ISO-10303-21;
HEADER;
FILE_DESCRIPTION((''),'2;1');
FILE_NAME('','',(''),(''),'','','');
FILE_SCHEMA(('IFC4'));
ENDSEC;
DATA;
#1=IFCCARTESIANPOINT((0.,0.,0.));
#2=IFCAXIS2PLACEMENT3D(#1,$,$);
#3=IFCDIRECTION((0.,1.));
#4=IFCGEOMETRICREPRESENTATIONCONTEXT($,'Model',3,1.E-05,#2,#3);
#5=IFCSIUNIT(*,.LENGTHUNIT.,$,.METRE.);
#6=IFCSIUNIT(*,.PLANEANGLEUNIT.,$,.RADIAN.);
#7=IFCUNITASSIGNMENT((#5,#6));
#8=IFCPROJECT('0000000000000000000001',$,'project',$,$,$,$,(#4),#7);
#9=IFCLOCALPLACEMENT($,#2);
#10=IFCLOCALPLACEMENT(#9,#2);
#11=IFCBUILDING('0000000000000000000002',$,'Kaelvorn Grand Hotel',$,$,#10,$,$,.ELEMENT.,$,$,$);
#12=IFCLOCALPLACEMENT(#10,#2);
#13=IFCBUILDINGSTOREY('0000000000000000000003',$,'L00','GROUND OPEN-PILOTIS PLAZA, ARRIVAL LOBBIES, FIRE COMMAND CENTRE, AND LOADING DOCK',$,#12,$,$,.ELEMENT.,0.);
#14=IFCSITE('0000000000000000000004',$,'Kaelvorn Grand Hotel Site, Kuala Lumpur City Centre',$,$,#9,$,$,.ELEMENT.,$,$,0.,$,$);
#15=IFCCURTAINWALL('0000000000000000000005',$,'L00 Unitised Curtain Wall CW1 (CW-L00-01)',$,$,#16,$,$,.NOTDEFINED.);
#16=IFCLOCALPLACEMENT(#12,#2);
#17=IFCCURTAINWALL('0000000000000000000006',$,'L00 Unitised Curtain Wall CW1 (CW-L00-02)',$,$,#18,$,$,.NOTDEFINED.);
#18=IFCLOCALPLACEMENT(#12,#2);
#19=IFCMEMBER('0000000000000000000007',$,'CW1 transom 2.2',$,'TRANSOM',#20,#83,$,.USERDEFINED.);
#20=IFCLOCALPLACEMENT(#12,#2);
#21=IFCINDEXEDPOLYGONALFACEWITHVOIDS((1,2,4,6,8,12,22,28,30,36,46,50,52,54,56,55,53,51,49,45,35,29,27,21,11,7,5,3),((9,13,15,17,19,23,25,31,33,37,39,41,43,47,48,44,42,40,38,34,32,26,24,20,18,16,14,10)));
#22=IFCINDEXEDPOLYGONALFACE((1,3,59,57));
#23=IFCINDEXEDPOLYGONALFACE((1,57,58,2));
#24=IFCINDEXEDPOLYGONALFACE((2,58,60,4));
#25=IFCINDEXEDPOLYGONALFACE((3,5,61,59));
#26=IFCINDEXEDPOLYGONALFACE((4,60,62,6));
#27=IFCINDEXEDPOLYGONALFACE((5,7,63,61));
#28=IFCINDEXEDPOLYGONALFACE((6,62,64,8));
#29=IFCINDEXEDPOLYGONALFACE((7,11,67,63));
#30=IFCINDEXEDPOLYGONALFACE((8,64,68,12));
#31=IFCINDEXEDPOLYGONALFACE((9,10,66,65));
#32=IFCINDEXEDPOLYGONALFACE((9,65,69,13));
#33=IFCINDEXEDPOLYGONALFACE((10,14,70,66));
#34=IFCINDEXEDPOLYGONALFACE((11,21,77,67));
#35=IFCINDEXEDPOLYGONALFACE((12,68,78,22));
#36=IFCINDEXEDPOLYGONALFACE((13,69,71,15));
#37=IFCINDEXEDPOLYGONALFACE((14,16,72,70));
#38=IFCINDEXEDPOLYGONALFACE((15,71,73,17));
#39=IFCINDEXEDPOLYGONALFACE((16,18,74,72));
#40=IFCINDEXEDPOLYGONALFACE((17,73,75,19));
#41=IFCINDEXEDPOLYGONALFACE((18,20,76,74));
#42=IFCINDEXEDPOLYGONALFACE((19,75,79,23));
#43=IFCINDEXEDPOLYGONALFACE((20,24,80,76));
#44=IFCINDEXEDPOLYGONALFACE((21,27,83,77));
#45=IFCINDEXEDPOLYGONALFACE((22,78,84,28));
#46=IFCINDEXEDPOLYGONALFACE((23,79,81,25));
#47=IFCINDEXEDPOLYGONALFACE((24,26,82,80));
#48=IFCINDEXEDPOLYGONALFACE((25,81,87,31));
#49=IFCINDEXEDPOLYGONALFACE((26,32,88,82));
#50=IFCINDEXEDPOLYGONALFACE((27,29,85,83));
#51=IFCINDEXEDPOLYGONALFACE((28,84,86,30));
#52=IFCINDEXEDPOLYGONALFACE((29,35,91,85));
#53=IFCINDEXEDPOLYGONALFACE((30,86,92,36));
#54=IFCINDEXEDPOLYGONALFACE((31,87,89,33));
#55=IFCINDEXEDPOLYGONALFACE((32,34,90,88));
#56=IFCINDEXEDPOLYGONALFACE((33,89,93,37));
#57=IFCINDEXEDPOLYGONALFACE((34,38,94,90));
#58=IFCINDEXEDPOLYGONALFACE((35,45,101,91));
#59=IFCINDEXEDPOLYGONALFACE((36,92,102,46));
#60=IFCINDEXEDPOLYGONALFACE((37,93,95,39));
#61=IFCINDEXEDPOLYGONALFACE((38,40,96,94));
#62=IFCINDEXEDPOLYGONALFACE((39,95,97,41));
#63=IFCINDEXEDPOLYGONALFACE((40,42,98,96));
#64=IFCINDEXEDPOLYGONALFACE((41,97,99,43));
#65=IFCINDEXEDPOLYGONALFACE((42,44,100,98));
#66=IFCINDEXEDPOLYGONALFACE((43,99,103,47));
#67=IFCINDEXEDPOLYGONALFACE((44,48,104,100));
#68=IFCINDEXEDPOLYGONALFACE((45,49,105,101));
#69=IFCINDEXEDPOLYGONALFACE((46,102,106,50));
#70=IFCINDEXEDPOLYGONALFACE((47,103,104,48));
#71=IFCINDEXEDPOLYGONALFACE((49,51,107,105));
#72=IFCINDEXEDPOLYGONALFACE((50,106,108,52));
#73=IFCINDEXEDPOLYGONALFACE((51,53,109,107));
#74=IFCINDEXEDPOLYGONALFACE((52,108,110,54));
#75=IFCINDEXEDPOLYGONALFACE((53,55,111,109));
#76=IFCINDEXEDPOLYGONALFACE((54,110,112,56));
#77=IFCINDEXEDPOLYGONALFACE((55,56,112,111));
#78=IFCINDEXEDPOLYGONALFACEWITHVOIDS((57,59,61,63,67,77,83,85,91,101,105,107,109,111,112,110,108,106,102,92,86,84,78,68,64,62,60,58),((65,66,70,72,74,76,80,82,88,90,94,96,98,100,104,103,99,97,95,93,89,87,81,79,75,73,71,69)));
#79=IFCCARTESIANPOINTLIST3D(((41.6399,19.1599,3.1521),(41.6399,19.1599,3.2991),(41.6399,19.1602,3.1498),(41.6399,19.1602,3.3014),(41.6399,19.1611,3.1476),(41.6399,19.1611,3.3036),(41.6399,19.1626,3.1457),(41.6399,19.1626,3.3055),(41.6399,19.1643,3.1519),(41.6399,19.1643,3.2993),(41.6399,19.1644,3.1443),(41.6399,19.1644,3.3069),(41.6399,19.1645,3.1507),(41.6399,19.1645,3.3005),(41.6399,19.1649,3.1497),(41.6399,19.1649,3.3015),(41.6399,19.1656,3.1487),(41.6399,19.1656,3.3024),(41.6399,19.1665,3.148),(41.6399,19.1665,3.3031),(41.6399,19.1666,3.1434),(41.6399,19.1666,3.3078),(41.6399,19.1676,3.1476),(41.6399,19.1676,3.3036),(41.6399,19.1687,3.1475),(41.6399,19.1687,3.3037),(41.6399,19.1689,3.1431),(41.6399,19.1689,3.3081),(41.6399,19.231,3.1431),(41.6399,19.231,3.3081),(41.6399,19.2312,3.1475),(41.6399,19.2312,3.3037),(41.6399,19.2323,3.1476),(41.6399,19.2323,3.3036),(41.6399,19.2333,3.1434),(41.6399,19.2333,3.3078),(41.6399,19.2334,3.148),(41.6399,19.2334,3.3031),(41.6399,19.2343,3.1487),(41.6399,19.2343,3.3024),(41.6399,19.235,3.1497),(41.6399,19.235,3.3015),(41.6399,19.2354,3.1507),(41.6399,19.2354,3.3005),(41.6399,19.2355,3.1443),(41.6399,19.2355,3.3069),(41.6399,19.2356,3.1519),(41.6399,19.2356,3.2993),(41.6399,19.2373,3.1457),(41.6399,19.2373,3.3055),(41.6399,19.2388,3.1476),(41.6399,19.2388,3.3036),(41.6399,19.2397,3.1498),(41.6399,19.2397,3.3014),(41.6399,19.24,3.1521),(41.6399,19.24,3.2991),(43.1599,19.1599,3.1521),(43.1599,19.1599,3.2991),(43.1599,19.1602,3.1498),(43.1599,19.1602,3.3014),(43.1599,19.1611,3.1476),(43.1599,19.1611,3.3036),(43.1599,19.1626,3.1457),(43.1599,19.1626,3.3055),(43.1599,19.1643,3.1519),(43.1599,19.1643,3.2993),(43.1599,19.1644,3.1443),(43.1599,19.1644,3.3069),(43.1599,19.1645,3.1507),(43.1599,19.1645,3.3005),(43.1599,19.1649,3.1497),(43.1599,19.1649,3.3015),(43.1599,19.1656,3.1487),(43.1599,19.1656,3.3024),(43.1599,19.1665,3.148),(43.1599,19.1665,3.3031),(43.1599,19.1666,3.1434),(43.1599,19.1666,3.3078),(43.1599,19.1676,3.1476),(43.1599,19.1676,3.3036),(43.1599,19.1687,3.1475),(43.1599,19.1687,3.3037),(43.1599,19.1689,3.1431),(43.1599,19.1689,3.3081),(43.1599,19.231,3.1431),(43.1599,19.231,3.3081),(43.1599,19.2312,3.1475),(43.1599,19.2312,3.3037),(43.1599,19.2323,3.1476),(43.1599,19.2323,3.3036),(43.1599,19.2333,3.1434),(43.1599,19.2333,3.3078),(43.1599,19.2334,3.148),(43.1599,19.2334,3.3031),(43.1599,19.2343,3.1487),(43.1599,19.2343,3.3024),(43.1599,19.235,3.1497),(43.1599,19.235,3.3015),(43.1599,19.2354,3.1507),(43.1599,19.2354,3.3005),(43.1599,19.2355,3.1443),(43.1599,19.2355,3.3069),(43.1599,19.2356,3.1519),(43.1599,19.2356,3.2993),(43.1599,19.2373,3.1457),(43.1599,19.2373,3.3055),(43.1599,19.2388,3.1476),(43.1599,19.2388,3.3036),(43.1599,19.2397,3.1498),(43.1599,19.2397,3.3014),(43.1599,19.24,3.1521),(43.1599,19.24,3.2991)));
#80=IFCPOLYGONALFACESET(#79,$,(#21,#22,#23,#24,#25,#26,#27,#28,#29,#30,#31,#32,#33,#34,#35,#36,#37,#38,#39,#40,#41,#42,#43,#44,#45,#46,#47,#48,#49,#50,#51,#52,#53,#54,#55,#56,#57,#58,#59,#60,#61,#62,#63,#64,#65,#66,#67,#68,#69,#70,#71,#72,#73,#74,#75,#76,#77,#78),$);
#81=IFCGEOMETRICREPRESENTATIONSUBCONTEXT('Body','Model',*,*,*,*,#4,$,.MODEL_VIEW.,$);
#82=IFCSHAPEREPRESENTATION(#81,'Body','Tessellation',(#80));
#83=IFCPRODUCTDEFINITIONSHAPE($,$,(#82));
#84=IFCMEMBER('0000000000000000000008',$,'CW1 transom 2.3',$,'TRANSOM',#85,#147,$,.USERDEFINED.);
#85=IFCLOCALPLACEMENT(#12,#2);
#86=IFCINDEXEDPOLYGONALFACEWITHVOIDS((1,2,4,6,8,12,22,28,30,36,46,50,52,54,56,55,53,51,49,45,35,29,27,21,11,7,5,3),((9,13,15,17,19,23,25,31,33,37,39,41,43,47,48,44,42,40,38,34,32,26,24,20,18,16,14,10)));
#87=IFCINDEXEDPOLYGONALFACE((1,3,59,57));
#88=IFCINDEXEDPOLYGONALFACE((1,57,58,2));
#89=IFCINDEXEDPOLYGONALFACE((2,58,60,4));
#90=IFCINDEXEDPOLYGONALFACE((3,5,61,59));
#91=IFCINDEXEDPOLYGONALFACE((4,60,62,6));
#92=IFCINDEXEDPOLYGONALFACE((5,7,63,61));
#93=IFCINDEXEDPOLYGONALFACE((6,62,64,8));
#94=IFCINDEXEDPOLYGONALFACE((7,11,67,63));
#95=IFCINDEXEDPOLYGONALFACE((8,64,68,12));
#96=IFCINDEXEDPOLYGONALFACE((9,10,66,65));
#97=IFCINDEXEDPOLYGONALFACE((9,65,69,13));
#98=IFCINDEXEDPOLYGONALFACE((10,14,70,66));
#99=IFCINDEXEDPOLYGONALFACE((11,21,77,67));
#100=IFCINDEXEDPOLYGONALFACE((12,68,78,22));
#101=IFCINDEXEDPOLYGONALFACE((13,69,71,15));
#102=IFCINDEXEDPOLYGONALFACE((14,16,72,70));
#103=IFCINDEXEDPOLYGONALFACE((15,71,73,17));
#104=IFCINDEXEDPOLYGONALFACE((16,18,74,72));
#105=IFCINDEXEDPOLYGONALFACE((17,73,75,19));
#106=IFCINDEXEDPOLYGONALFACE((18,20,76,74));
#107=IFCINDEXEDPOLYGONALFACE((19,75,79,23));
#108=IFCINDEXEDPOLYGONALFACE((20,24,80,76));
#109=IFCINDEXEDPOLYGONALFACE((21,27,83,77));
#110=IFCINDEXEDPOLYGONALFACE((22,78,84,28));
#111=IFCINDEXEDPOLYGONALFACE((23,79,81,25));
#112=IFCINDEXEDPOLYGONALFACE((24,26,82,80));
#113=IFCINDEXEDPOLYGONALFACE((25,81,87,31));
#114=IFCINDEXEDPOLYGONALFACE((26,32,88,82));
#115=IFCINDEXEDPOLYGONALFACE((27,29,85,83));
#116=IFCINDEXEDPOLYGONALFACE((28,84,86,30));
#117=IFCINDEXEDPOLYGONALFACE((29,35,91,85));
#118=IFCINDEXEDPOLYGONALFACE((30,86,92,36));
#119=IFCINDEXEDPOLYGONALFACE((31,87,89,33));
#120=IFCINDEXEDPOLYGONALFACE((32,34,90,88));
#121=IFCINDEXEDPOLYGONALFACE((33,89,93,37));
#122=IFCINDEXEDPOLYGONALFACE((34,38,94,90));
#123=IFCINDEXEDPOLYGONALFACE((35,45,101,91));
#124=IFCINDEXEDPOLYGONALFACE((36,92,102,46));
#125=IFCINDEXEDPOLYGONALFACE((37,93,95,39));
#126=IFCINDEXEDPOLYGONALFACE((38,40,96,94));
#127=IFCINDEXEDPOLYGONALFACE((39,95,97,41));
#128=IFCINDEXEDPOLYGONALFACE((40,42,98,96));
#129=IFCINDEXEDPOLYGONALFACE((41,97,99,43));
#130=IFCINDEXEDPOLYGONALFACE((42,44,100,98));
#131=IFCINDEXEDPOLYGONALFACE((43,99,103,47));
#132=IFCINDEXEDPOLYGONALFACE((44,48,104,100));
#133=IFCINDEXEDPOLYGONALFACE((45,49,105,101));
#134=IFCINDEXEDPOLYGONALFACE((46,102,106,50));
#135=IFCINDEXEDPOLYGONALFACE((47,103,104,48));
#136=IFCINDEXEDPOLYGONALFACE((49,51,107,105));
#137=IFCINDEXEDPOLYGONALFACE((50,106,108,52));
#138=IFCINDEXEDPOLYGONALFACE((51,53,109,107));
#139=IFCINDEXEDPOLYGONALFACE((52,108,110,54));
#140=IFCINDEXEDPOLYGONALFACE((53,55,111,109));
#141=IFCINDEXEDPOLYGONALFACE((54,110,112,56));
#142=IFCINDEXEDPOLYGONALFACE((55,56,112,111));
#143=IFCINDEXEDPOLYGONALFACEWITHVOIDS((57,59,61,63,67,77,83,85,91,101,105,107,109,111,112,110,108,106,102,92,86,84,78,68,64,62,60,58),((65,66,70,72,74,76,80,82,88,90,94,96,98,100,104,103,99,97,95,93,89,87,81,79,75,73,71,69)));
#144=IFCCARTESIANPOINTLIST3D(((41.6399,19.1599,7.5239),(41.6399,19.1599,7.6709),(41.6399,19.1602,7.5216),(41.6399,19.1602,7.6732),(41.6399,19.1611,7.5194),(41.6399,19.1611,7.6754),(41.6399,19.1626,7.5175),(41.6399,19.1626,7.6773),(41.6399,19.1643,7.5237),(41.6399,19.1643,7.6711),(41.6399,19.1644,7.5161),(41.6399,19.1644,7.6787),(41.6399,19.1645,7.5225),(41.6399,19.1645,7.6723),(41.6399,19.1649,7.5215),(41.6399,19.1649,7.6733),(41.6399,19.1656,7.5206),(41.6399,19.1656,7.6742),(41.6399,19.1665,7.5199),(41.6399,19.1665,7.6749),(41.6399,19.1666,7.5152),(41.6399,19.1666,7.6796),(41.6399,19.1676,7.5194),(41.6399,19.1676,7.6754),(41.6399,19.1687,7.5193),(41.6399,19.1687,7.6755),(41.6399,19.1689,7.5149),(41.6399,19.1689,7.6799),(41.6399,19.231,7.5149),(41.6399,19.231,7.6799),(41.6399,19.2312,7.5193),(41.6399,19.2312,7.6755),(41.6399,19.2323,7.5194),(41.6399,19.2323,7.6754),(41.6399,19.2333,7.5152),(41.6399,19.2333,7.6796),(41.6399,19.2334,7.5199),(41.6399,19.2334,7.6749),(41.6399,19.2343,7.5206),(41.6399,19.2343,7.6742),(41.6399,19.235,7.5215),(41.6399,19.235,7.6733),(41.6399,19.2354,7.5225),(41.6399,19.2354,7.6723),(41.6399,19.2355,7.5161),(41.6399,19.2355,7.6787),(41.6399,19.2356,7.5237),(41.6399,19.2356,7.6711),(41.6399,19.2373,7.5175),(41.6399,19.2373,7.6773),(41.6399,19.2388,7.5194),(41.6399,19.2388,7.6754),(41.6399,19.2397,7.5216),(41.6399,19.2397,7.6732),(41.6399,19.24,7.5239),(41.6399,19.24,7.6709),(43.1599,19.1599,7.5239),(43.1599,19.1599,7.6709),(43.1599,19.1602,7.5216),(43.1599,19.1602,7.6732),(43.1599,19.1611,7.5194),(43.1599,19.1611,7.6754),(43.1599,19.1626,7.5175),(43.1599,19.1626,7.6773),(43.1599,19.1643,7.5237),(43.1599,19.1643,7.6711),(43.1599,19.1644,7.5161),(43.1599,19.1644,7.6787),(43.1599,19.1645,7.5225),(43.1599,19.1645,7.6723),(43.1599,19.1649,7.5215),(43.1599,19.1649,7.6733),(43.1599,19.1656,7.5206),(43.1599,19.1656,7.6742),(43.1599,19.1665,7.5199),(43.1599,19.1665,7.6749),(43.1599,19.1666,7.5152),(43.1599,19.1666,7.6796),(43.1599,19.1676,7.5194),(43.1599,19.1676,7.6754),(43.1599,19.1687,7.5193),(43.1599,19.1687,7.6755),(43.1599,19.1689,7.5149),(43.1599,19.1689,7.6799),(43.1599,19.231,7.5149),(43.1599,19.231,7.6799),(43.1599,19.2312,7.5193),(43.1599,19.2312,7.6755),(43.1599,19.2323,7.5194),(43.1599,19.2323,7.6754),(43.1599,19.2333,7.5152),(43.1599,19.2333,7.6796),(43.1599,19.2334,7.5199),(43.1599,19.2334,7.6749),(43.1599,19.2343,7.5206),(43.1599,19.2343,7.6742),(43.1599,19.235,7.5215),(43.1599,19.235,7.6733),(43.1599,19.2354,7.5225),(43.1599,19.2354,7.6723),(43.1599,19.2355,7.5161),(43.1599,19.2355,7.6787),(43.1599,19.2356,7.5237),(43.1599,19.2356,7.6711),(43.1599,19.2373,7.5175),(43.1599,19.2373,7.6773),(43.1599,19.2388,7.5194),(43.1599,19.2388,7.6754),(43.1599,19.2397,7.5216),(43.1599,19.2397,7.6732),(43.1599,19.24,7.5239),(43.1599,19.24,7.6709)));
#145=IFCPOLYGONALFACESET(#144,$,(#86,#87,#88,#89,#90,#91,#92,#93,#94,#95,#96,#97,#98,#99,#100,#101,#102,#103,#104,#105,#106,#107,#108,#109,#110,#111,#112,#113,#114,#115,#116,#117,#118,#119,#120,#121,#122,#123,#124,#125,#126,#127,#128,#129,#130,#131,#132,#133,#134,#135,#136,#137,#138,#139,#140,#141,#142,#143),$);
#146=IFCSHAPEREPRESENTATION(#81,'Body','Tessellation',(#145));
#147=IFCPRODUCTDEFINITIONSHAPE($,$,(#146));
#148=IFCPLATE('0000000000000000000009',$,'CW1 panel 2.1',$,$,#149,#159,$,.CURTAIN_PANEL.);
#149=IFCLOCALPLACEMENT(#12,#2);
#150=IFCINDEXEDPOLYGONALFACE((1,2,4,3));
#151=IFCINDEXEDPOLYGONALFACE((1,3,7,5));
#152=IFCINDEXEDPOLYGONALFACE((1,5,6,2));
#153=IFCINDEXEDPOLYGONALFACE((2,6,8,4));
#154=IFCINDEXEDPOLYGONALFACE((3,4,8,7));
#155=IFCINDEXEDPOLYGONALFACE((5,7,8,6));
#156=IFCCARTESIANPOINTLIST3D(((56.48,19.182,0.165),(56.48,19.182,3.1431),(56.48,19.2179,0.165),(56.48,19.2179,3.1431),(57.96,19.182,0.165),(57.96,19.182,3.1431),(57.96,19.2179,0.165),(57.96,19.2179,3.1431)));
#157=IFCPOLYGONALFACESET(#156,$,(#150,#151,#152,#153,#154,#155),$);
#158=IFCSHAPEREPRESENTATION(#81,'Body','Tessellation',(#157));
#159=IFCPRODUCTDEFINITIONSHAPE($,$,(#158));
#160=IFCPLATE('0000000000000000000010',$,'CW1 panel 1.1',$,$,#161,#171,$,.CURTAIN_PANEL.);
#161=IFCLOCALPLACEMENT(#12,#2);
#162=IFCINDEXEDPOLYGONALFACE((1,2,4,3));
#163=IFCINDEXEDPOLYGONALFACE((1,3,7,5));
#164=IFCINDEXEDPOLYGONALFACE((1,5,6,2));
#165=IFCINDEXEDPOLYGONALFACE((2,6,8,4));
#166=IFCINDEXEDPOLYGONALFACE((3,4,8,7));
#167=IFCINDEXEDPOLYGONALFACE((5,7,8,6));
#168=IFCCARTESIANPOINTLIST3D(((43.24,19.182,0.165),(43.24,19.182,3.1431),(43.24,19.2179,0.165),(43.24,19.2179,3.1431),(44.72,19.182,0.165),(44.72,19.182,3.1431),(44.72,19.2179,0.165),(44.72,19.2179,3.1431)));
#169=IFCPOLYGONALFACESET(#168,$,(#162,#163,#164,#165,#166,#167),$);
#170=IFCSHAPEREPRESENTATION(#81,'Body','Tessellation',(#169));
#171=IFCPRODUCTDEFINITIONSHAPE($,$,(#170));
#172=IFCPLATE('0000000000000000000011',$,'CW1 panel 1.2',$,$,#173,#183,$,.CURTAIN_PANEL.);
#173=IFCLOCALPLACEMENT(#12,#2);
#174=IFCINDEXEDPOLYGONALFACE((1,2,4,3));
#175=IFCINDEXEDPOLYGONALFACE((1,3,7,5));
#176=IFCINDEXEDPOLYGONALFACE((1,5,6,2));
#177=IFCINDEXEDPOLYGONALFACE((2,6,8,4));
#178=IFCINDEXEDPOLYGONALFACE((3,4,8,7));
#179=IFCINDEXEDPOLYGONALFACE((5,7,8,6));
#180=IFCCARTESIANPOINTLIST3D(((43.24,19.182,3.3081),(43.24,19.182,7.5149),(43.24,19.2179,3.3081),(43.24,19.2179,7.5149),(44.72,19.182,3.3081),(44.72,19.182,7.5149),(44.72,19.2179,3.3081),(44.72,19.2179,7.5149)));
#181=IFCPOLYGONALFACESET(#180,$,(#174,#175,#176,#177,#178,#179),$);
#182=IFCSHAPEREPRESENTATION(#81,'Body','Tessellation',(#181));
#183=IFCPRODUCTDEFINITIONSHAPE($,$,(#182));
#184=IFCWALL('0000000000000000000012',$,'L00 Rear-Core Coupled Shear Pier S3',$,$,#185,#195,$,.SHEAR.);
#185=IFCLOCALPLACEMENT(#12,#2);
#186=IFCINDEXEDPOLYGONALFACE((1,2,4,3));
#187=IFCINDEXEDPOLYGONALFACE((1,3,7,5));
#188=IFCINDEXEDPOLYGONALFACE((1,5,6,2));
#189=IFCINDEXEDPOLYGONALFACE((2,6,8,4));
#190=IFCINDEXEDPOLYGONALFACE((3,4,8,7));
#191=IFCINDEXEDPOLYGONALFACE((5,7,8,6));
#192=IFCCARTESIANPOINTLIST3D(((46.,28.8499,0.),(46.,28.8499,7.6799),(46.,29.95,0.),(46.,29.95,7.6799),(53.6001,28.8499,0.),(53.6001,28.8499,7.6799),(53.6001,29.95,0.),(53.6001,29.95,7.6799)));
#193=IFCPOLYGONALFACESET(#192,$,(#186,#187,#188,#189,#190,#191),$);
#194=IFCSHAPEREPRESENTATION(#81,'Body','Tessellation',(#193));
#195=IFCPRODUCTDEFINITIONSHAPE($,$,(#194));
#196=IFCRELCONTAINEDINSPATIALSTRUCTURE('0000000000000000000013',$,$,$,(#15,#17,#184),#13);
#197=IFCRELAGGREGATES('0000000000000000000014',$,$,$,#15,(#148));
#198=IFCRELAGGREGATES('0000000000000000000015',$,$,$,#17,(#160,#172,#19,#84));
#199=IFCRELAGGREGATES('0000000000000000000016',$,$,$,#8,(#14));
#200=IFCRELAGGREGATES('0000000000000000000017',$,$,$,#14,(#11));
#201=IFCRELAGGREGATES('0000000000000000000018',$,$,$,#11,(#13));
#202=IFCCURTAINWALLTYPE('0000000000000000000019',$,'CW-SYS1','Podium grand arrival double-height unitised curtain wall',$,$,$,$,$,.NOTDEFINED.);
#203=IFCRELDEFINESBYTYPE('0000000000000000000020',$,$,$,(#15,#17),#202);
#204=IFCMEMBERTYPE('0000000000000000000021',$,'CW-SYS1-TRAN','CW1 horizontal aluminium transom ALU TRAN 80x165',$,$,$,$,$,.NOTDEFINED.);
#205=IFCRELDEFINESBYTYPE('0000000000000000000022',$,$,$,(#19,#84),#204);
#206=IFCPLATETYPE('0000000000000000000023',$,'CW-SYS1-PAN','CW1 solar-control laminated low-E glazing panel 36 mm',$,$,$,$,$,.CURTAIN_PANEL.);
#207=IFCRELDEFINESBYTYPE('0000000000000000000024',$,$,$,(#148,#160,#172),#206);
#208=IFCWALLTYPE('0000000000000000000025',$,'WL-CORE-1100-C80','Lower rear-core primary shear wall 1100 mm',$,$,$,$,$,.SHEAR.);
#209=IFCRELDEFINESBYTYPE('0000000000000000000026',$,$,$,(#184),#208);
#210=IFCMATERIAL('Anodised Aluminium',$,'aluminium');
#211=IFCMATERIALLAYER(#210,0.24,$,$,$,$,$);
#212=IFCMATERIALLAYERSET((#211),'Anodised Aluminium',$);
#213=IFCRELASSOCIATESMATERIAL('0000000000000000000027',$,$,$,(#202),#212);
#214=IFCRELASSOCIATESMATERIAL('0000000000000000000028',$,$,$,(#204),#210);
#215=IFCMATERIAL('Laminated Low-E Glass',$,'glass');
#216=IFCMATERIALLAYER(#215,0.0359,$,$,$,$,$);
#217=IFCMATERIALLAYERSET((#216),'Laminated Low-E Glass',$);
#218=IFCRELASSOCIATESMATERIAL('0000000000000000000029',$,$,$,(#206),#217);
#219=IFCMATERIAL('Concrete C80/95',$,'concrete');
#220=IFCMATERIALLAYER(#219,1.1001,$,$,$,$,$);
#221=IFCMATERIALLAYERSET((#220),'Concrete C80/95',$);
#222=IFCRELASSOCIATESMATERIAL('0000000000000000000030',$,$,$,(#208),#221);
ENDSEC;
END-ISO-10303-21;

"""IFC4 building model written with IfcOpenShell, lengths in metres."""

from ifc_helpers import new_model, si_unit, direction, frame, frame_2d, origin, origin_2d, place, context, subcontext, project, spatial, rectangle, hollow_rectangle, extrude, material, layer, layer_set, material_profile, profile_set, type_object, element, aggregate, save


model = new_model("IFC4")

# Units and contexts
model_context = context("Model", 3, precision=1e-05, world=origin(), true_north=direction((0.0, 1.0)))
body_context = subcontext(model_context, "Body", "Model", "MODEL_VIEW")
ifc_project = project(units=[si_unit("LENGTHUNIT", "METRE"), si_unit("PLANEANGLEUNIT", "RADIAN")], contexts=[model_context])

# Site, building, storey
site_placement = place(None, origin())
site = spatial("IfcSite", under=ifc_project, at=site_placement, Name="Kaelvorn Grand Hotel Site, Kuala Lumpur City Centre", CompositionType="ELEMENT", RefElevation=0.0)
building_placement = place(site_placement, origin())
building = spatial("IfcBuilding", under=site, at=building_placement, Name="Kaelvorn Grand Hotel", CompositionType="ELEMENT")
storey_placement = place(building_placement, origin())
storey = spatial("IfcBuildingStorey", under=building, at=storey_placement, Name="L00", Description="GROUND OPEN-PILOTIS PLAZA, ARRIVAL LOBBIES, FIRE COMMAND CENTRE, AND LOADING DOCK", CompositionType="ELEMENT", Elevation=0.0)

# Shared definitions
ifc_material_1 = material(Name="Concrete C80/95", Category="concrete")

# Curtain wall
ifc_material_2 = material(Name="Anodised Aluminium", Category="aluminium")
ifc_layer_1 = layer(ifc_material_2, 0.24)
ifc_layer_set_1 = layer_set([ifc_layer_1], Name="Anodised Aluminium")
curtain_wall_type = type_object("IfcCurtainWallType", Name="CW-SYS1", Description="Podium grand arrival double-height unitised curtain wall", PredefinedType="NOTDEFINED", material=ifc_layer_set_1)
curtain_wall_1_placement = place(storey_placement, origin())
curtain_wall_1 = element("IfcCurtainWall", 1, at=curtain_wall_1_placement, inside=storey, type_object=curtain_wall_type, Name="L00 Unitised Curtain Wall CW1 (CW-L00-01)", PredefinedType="NOTDEFINED")

# Curtain wall, members
curtain_wall_2_placement = place(storey_placement, origin())
curtain_wall_2 = element("IfcCurtainWall", 2, at=curtain_wall_2_placement, inside=storey, type_object=curtain_wall_type, Name="L00 Unitised Curtain Wall CW1 (CW-L00-02)", PredefinedType="NOTDEFINED")
ifc_material_profile_1 = material_profile(ifc_material_2, hollow_rectangle(XDim=0.0801, YDim=0.165, WallThickness=0.0044, InnerFilletRadius=0.0044, OuterFilletRadius=0.009, at=origin_2d()), Name="ALU TRAN 80x165")
ifc_profile_set_1 = profile_set([ifc_material_profile_1], Name="Anodised Aluminium")
member_type_1 = type_object("IfcMemberType", Name="CW-SYS1-TRAN", Description="CW1 horizontal aluminium transom ALU TRAN 80x165", PredefinedType="NOTDEFINED", material=ifc_profile_set_1)
member_1_placement = place(storey_placement, frame((43.1599, 19.2, 3.2256), z_axis=(-1.0, 0.0, 0.0), x_axis=(0.0, -1.0, 0.0)))
member_1 = element("IfcMember", 3, at=member_1_placement, type_object=member_type_1, Name="CW1 transom 2.2", ObjectType="TRANSOM", PredefinedType="USERDEFINED", context=body_context, shape_type="SweptSolid", body=[
    extrude(hollow_rectangle(XDim=0.0801, YDim=0.165, WallThickness=0.0044, InnerFilletRadius=0.0044, OuterFilletRadius=0.009, at=origin_2d()), origin(), (0.0, 0.0, 1.0), 1.52),
])
member_2_placement = place(storey_placement, frame((43.1599, 19.2, 7.5974), z_axis=(-1.0, 0.0, 0.0), x_axis=(0.0, -1.0, 0.0)))
member_2 = element("IfcMember", 4, at=member_2_placement, type_object=member_type_1, Name="CW1 transom 2.3", ObjectType="TRANSOM", PredefinedType="USERDEFINED", context=body_context, shape_type="SweptSolid", body=[
    extrude(hollow_rectangle(XDim=0.0801, YDim=0.165, WallThickness=0.0044, InnerFilletRadius=0.0044, OuterFilletRadius=0.009, at=origin_2d()), origin(), (0.0, 0.0, 1.0), 1.52),
])

# Plates
ifc_material_3 = material(Name="Laminated Low-E Glass", Category="glass")
ifc_layer_2 = layer(ifc_material_3, 0.0359)
ifc_layer_set_2 = layer_set([ifc_layer_2], Name="Laminated Low-E Glass")
plate_type = type_object("IfcPlateType", Name="CW-SYS1-PAN", Description="CW1 solar-control laminated low-E glazing panel 36 mm", PredefinedType="CURTAIN_PANEL", material=ifc_layer_set_2)
plate_1_placement = place(storey_placement, frame((57.22, 19.2, 0.165), z_axis=(0.0, 0.0, 1.0), x_axis=(-1.0, 0.0, 0.0)))
plate_1 = element("IfcPlate", 5, at=plate_1_placement, type_object=plate_type, Name="CW1 panel 2.1", PredefinedType="CURTAIN_PANEL", context=body_context, shape_type="SweptSolid", body=[
    extrude(rectangle(XDim=1.48, YDim=0.0359, at=origin_2d()), origin(), (0.0, 0.0, 1.0), 2.978),
])
aggregate(curtain_wall_1, [plate_1])
plate_2_placement = place(storey_placement, frame((43.98, 19.2, 0.165), z_axis=(0.0, 0.0, 1.0), x_axis=(-1.0, 0.0, 0.0)))
plate_2 = element("IfcPlate", 6, at=plate_2_placement, type_object=plate_type, Name="CW1 panel 1.1", PredefinedType="CURTAIN_PANEL", context=body_context, shape_type="SweptSolid", body=[
    extrude(rectangle(XDim=1.48, YDim=0.0359, at=origin_2d()), origin(), (0.0, 0.0, 1.0), 2.978),
])
plate_3_placement = place(storey_placement, frame((43.98, 19.2, 3.3081), z_axis=(0.0, 0.0, 1.0), x_axis=(-1.0, 0.0, 0.0)))
plate_3 = element("IfcPlate", 7, at=plate_3_placement, type_object=plate_type, Name="CW1 panel 1.2", PredefinedType="CURTAIN_PANEL", context=body_context, shape_type="SweptSolid", body=[
    extrude(rectangle(XDim=1.48, YDim=0.0359, at=origin_2d()), origin(), (0.0, 0.0, 1.0), 4.2068),
])
aggregate(curtain_wall_2, [plate_2, plate_3, member_1, member_2])

# Wall
ifc_layer_3 = layer(ifc_material_1, 1.1001)
ifc_layer_set_3 = layer_set([ifc_layer_3], Name="Concrete C80/95")
wall_type_1 = type_object("IfcWallType", Name="WL-CORE-1100-C80", Description="Lower rear-core primary shear wall 1100 mm", PredefinedType="SHEAR", material=ifc_layer_set_3)
wall_1_placement = place(storey_placement, frame((46.0, 29.3999, 0.0), z_axis=(0.0, 0.0, 1.0), x_axis=(1.0, 0.0, 0.0)))
element("IfcWall", 8, at=wall_1_placement, inside=storey, type_object=wall_type_1, Name="L00 Rear-Core Coupled Shear Pier S3", PredefinedType="SHEAR", context=body_context, shape_type="SweptSolid", body=[
    extrude(rectangle(XDim=7.6001, YDim=1.1001, at=frame_2d((3.8, 0.0))), origin(), (0.0, 0.0, 1.0), 7.6799),
])

save(model, "model.ifc")
